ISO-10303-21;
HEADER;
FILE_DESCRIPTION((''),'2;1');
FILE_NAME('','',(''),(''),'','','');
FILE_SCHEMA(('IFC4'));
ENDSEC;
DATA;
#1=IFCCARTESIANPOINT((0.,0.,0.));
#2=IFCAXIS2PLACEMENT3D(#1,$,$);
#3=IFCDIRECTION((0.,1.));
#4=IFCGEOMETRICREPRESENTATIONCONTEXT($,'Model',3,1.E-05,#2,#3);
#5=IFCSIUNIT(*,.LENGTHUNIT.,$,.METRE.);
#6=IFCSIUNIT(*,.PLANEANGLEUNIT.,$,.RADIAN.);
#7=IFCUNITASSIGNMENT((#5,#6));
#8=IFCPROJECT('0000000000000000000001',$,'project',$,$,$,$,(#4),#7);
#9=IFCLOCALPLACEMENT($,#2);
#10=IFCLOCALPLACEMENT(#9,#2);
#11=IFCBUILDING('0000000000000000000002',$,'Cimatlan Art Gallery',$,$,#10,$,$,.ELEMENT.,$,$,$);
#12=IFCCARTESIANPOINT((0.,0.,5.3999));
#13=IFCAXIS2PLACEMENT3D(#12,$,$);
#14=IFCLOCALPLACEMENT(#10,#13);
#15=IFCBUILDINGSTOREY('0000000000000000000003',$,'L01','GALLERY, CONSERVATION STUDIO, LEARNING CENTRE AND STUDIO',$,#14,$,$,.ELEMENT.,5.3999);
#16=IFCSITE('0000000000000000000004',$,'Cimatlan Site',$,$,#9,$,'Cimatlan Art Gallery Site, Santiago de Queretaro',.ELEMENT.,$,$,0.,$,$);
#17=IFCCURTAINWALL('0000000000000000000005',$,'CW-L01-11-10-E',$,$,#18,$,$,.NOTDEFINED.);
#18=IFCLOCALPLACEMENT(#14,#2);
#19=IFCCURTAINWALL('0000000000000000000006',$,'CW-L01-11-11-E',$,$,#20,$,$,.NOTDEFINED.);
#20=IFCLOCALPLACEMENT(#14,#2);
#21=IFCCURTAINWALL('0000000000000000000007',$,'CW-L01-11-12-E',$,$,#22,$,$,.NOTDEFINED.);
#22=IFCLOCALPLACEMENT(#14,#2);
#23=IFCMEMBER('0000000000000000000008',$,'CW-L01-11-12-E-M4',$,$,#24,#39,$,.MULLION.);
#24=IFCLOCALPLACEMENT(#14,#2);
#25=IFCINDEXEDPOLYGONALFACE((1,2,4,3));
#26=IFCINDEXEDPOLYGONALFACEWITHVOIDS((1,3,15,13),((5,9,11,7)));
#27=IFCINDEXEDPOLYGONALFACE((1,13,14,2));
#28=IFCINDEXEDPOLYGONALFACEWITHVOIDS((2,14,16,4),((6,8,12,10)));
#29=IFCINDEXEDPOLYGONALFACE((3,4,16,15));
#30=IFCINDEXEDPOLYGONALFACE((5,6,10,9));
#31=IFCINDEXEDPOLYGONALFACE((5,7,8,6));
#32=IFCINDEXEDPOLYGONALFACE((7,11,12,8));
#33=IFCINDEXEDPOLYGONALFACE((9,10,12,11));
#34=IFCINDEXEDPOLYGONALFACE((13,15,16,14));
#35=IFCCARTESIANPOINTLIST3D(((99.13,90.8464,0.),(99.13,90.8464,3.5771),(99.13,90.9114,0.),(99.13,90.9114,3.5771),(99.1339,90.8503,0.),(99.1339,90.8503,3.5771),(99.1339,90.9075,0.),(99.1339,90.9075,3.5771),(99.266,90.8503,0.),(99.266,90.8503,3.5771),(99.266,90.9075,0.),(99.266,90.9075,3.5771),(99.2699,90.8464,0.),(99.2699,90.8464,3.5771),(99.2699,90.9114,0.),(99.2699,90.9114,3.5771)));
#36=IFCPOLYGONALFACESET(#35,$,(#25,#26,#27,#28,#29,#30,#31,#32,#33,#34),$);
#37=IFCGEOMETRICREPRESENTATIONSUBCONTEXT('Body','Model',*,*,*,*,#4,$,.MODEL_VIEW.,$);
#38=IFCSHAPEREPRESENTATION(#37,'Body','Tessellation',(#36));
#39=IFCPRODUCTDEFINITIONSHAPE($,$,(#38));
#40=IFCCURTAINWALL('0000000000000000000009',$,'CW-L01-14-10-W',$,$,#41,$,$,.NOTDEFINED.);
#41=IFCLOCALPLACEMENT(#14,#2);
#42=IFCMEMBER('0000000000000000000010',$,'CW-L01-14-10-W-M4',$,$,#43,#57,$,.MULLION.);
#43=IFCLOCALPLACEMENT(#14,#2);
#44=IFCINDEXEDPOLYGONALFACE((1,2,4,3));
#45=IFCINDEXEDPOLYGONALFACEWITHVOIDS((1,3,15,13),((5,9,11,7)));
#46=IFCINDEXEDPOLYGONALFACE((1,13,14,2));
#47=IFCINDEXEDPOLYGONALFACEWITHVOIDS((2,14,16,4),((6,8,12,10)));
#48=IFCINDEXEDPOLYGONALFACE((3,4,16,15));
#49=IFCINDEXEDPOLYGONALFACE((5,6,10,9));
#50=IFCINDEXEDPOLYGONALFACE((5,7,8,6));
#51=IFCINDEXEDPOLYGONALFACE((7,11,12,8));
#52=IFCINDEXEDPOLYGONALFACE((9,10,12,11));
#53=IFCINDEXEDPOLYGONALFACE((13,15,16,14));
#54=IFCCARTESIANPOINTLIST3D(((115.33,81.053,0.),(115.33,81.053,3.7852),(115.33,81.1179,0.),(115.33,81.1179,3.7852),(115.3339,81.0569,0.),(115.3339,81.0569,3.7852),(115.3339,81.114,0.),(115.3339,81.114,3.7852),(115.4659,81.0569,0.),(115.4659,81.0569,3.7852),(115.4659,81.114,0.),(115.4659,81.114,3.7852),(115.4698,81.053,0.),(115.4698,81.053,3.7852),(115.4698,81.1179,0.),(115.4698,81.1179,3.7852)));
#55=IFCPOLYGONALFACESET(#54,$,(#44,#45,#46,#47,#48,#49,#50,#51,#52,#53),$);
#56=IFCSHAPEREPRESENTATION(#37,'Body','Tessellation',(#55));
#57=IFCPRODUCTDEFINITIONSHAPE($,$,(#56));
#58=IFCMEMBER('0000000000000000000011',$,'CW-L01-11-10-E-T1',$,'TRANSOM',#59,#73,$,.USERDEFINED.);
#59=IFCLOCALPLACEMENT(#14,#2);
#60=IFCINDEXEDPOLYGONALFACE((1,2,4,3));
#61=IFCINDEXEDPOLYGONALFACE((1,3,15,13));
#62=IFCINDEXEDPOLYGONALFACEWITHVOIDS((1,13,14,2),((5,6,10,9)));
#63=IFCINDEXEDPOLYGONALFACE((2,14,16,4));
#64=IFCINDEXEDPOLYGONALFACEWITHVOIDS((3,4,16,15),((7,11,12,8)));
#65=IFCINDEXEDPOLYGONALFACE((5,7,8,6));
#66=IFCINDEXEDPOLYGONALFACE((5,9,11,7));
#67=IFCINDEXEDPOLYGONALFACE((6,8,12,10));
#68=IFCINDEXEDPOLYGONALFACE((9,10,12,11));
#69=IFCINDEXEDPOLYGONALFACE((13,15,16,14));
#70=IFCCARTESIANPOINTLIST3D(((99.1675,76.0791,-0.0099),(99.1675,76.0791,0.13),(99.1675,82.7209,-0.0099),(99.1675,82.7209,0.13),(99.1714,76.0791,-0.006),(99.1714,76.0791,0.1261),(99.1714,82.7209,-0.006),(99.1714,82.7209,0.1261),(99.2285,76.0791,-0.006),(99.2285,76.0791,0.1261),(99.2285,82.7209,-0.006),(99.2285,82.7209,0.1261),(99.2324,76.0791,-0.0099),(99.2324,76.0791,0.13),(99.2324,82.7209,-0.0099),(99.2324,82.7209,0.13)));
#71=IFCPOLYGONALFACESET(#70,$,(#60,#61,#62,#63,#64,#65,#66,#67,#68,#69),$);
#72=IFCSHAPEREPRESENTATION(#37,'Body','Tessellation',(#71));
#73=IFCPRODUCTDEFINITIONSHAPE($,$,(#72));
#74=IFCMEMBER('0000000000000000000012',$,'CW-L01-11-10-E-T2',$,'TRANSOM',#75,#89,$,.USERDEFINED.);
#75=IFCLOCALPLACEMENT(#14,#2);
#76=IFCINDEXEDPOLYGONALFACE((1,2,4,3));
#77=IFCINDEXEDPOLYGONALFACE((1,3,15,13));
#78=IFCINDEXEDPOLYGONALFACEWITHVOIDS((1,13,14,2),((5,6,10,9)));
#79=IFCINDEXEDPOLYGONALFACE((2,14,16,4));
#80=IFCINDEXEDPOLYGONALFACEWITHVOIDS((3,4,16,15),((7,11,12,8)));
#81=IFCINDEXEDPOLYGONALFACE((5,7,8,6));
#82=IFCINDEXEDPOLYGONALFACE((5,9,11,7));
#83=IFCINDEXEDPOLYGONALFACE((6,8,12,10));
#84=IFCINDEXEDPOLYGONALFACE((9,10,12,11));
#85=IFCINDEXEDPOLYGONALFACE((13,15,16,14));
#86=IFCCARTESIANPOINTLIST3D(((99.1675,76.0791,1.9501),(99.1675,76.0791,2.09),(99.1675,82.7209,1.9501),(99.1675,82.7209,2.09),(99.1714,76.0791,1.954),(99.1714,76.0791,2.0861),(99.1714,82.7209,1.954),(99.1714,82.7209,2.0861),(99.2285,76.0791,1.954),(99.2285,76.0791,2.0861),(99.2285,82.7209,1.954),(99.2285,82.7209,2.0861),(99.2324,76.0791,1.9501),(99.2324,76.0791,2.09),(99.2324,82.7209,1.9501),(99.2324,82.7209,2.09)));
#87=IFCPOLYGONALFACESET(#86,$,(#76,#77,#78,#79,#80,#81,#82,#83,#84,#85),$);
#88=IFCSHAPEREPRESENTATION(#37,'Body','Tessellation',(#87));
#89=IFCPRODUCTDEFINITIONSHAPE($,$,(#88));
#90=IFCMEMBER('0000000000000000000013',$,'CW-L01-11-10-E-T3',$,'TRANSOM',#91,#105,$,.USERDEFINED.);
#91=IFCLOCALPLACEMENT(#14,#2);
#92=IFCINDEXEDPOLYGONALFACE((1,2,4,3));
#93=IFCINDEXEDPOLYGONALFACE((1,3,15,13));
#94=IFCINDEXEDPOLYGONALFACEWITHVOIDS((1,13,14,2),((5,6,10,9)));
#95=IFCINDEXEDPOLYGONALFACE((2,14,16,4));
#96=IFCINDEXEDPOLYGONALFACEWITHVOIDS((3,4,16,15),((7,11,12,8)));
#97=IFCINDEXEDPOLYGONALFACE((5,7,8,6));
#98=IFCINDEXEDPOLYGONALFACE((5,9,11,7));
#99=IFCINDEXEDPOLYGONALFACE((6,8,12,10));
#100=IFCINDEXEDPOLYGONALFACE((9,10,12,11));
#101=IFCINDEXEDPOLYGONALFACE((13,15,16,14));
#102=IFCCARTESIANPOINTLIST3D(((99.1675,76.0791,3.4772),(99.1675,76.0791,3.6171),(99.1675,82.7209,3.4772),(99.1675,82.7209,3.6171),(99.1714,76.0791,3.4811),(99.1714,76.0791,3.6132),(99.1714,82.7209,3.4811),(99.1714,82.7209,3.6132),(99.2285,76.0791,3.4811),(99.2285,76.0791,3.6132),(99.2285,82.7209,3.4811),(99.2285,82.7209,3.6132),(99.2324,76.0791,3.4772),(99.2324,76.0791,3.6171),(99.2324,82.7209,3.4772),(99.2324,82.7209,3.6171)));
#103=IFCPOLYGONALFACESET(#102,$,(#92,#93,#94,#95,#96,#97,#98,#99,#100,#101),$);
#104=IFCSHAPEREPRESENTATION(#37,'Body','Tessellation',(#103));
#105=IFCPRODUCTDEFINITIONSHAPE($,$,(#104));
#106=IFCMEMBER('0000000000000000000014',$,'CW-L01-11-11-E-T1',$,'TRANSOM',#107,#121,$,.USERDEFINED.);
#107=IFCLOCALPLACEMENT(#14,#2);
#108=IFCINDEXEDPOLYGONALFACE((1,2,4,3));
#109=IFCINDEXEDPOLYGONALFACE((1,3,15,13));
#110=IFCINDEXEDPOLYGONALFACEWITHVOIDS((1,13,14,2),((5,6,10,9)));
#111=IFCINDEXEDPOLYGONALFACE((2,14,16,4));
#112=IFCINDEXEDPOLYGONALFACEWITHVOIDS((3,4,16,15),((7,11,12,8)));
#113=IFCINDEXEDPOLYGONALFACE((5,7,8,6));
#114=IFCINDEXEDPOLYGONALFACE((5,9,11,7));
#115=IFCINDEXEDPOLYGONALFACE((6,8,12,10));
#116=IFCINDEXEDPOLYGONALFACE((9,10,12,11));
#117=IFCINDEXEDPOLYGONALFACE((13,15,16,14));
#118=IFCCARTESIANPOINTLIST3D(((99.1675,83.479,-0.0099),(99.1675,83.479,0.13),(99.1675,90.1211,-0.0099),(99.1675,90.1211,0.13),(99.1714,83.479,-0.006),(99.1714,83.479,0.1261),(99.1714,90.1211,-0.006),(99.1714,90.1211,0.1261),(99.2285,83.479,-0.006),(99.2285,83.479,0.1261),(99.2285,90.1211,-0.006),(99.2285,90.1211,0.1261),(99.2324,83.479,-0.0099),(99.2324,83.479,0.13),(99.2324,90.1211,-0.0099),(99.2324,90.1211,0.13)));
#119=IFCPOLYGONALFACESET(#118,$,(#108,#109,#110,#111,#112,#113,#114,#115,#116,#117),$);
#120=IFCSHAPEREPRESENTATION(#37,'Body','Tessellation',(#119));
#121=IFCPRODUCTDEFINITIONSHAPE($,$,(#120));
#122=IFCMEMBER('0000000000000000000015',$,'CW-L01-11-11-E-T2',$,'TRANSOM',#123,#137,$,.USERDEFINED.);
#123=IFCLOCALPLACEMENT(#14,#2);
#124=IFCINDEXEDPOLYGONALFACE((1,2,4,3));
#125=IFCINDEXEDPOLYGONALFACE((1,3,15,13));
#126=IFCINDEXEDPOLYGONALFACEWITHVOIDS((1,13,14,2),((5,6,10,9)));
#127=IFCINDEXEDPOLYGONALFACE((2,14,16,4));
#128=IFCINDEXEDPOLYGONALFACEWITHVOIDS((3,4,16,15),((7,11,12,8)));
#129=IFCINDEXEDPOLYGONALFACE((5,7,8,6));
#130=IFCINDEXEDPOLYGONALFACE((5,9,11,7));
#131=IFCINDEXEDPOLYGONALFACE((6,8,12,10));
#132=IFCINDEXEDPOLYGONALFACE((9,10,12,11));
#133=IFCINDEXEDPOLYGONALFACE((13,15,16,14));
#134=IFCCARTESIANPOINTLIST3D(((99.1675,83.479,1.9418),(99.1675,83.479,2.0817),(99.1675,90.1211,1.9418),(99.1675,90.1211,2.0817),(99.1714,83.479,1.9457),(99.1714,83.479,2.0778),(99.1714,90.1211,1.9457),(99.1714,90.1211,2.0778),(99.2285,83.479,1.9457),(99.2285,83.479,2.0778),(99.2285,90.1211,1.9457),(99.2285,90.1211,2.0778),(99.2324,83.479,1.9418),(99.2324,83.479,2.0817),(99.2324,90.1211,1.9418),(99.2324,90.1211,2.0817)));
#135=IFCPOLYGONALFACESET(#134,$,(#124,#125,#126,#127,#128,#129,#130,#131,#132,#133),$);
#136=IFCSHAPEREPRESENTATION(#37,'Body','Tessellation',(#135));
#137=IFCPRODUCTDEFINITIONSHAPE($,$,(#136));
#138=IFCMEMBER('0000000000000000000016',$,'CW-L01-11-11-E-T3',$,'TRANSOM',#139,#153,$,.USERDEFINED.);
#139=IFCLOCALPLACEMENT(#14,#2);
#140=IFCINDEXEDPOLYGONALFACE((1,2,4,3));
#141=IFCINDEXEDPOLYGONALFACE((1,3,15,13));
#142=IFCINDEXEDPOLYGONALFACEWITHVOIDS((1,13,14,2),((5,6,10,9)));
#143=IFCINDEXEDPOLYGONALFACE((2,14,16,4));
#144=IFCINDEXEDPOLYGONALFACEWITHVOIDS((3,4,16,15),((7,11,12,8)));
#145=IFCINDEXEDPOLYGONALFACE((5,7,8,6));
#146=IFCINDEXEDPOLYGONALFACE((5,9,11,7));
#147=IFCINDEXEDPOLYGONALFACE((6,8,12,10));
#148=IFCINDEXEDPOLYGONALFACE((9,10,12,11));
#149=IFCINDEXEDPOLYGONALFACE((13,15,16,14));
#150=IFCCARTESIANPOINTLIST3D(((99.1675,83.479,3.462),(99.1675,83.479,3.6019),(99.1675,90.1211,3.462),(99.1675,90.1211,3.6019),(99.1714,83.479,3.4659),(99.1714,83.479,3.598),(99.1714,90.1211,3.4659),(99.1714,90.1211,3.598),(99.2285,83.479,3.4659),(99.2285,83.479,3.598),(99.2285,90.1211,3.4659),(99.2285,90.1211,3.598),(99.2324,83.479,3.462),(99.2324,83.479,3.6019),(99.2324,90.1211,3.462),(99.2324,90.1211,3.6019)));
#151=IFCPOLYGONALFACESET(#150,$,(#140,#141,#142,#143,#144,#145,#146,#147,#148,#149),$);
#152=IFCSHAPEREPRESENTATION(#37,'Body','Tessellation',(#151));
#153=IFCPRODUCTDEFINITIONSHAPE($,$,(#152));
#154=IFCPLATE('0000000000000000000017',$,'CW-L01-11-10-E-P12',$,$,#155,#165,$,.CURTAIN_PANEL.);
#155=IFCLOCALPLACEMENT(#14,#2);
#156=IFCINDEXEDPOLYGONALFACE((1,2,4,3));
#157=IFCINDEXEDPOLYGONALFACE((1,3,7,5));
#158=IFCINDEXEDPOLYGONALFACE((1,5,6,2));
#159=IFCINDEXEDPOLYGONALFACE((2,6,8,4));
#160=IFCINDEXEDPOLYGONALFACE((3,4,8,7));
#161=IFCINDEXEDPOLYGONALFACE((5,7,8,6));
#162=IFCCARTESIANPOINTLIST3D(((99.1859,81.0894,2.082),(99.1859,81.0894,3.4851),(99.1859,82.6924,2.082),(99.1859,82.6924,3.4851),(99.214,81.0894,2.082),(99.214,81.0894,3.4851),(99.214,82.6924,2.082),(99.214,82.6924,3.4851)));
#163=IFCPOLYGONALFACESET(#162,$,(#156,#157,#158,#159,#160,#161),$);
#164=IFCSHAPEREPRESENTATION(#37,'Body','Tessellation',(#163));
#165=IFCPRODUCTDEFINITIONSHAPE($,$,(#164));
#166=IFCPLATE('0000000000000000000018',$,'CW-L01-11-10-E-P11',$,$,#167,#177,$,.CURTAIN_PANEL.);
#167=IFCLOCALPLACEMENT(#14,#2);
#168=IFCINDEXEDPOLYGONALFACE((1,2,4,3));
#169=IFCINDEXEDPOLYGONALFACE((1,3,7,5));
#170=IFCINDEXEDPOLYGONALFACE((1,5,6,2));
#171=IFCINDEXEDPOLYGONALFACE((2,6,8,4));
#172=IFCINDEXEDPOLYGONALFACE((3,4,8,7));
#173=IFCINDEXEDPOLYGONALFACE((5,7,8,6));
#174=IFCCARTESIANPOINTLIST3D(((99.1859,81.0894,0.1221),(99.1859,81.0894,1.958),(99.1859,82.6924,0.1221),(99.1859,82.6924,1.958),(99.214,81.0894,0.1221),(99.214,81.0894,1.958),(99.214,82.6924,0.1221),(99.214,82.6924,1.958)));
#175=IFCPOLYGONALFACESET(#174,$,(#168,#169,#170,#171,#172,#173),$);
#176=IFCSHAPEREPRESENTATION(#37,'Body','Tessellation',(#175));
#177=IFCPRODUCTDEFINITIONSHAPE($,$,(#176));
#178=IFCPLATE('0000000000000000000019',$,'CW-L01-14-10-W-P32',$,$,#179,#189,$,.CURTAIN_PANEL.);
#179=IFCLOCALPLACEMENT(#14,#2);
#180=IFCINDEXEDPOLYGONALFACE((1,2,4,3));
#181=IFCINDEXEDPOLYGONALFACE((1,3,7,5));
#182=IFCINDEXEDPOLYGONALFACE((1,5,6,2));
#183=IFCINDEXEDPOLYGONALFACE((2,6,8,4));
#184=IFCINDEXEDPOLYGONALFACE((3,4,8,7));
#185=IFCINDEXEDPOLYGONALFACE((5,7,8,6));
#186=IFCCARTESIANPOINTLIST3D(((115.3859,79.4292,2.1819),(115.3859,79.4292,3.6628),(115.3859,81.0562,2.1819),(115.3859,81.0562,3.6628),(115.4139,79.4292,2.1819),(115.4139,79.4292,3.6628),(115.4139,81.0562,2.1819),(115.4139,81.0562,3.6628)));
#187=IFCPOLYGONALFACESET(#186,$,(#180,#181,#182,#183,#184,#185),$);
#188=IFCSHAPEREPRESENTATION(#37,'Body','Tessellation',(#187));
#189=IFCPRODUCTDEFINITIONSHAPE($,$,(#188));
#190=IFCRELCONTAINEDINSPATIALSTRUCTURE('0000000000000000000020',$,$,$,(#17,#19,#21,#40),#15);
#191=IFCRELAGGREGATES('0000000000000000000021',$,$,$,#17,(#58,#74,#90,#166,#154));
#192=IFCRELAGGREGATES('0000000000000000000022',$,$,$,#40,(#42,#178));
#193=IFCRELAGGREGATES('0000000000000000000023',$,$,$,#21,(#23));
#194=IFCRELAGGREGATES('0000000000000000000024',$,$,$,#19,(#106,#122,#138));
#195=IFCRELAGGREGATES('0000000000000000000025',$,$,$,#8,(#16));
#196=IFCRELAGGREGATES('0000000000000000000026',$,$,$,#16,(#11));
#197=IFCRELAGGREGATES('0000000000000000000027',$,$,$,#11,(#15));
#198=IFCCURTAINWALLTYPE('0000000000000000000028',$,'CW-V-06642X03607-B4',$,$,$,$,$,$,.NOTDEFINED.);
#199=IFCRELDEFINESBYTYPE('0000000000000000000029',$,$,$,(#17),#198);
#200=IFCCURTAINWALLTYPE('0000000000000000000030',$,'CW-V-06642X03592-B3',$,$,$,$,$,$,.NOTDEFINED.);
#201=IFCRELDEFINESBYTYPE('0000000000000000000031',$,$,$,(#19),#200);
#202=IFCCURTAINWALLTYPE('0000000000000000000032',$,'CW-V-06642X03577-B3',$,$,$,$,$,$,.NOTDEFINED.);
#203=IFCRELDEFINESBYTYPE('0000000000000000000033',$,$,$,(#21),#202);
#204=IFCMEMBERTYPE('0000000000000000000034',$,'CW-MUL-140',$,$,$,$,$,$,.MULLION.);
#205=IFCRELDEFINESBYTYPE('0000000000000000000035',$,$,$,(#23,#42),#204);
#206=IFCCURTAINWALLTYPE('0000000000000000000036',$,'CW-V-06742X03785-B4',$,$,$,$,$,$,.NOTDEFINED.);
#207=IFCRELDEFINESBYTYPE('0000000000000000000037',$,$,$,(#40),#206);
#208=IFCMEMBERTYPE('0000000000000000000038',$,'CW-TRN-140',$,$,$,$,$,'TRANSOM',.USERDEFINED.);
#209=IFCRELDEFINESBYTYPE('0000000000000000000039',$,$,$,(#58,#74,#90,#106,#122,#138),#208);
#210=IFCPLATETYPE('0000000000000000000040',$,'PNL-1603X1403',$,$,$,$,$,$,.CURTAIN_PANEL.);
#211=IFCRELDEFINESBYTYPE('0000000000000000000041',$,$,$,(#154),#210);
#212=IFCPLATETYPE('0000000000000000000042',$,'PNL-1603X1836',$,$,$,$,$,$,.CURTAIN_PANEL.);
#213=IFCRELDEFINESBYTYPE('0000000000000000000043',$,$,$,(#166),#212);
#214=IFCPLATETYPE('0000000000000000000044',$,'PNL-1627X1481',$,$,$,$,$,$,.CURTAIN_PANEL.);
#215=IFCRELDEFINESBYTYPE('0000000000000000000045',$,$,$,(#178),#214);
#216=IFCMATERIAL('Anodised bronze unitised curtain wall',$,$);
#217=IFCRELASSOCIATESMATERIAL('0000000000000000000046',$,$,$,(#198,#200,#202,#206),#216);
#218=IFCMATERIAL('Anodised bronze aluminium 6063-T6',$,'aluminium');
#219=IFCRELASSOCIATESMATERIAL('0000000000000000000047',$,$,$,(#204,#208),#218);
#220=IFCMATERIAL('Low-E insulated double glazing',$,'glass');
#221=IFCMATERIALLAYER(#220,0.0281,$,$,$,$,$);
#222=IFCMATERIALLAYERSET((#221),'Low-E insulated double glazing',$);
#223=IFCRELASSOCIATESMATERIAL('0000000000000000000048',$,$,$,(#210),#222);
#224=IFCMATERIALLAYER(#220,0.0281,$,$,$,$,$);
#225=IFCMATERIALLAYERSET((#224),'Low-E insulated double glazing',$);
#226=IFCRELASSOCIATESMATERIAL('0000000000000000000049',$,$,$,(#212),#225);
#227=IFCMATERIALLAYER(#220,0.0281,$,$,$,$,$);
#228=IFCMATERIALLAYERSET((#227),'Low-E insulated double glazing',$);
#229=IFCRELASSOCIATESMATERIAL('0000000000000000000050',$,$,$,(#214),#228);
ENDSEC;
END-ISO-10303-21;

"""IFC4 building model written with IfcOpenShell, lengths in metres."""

from ifc_helpers import new_model, si_unit, direction, frame, origin, origin_2d, place, context, subcontext, project, spatial, rectangle, hollow_rectangle, extrude, material, layer, layer_set, material_profile, profile_set, type_object, element, aggregate, save


model = new_model("IFC4")

# Units and contexts
model_context = context("Model", 3, precision=1e-05, world=origin(), true_north=direction((0.0, 1.0)))
body_context = subcontext(model_context, "Body", "Model", "MODEL_VIEW")
ifc_project = project(units=[si_unit("LENGTHUNIT", "METRE"), si_unit("PLANEANGLEUNIT", "RADIAN")], contexts=[model_context])

# Site, building, storey
site_placement = place(None, origin())
site = spatial("IfcSite", under=ifc_project, at=site_placement, Name="Cimatlan Site", LongName="Cimatlan Art Gallery Site, Santiago de Queretaro", CompositionType="ELEMENT", RefElevation=0.0)
building_placement = place(site_placement, origin())
building = spatial("IfcBuilding", under=site, at=building_placement, Name="Cimatlan Art Gallery", CompositionType="ELEMENT")
storey_placement = place(building_placement, frame((0.0, 0.0, 5.3999)))
storey = spatial("IfcBuildingStorey", under=building, at=storey_placement, Name="L01", Description="GALLERY, CONSERVATION STUDIO, LEARNING CENTRE AND STUDIO", CompositionType="ELEMENT", Elevation=5.3999)

# Curtain walls, member
ifc_material_1 = material(Name="Anodised bronze unitised curtain wall")
curtain_wall_type_1 = type_object("IfcCurtainWallType", Name="CW-V-06642X03607-B4", PredefinedType="NOTDEFINED", material=ifc_material_1)
curtain_wall_1_placement = place(storey_placement, origin())
curtain_wall_1 = element("IfcCurtainWall", 1, at=curtain_wall_1_placement, inside=storey, type_object=curtain_wall_type_1, Name="CW-L01-11-10-E", PredefinedType="NOTDEFINED")
ifc_material_2 = material(Name="Anodised bronze aluminium 6063-T6", Category="aluminium")
ifc_material_profile_1 = material_profile(ifc_material_2, hollow_rectangle(XDim=0.0649, YDim=0.1399, WallThickness=0.0039, at=origin_2d()), Name="ALU65X140X4")
ifc_profile_set_1 = profile_set([ifc_material_profile_1], Name="Anodised bronze aluminium 6063-T6")
member_type_1 = type_object("IfcMemberType", Name="CW-MUL-140", PredefinedType="MULLION", material=ifc_profile_set_1)
curtain_wall_type_2 = type_object("IfcCurtainWallType", Name="CW-V-06642X03592-B3", PredefinedType="NOTDEFINED", material=ifc_material_1)
curtain_wall_2_placement = place(storey_placement, origin())
curtain_wall_2 = element("IfcCurtainWall", 2, at=curtain_wall_2_placement, inside=storey, type_object=curtain_wall_type_2, Name="CW-L01-11-11-E", PredefinedType="NOTDEFINED")
curtain_wall_type_3 = type_object("IfcCurtainWallType", Name="CW-V-06642X03577-B3", PredefinedType="NOTDEFINED", material=ifc_material_1)
curtain_wall_3_placement = place(storey_placement, origin())
curtain_wall_3 = element("IfcCurtainWall", 3, at=curtain_wall_3_placement, inside=storey, type_object=curtain_wall_type_3, Name="CW-L01-11-12-E", PredefinedType="NOTDEFINED")
member_1_placement = place(storey_placement, frame((99.2, 90.8789, 0.0), z_axis=(0.0, 0.0, 1.0), x_axis=(0.0, 1.0, 0.0)))
member_1 = element("IfcMember", 4, at=member_1_placement, type_object=member_type_1, Name="CW-L01-11-12-E-M4", PredefinedType="MULLION", context=body_context, shape_type="SweptSolid", body=[
    extrude(hollow_rectangle(XDim=0.0649, YDim=0.1399, WallThickness=0.0039, at=origin_2d()), origin(), (0.0, 0.0, 1.0), 3.5771),
])

# Curtain wall, member
curtain_wall_type_4 = type_object("IfcCurtainWallType", Name="CW-V-06742X03785-B4", PredefinedType="NOTDEFINED", material=ifc_material_1)
curtain_wall_4_placement = place(storey_placement, origin())
curtain_wall_4 = element("IfcCurtainWall", 5, at=curtain_wall_4_placement, inside=storey, type_object=curtain_wall_type_4, Name="CW-L01-14-10-W", PredefinedType="NOTDEFINED")
member_2_placement = place(storey_placement, frame((115.3999, 81.0854, 0.0), z_axis=(0.0, 0.0, 1.0), x_axis=(0.0, 1.0, 0.0)))
member_2 = element("IfcMember", 6, at=member_2_placement, type_object=member_type_1, Name="CW-L01-14-10-W-M4", PredefinedType="MULLION", context=body_context, shape_type="SweptSolid", body=[
    extrude(hollow_rectangle(XDim=0.0649, YDim=0.1399, WallThickness=0.0039, at=origin_2d()), origin(), (0.0, 0.0, 1.0), 3.7852),
])

# Members
ifc_material_profile_2 = material_profile(ifc_material_2, hollow_rectangle(XDim=0.0649, YDim=0.1399, WallThickness=0.0039, at=origin_2d()), Name="ALU65X140X4")
ifc_profile_set_2 = profile_set([ifc_material_profile_2], Name="Anodised bronze aluminium 6063-T6")
member_type_2 = type_object("IfcMemberType", Name="CW-TRN-140", ElementType="TRANSOM", PredefinedType="USERDEFINED", material=ifc_profile_set_2)
member_3_placement = place(storey_placement, frame((99.2, 82.7209, 0.0601), z_axis=(0.0, -1.0, 0.0), x_axis=(1.0, 0.0, 0.0)))
member_3 = element("IfcMember", 7, at=member_3_placement, type_object=member_type_2, Name="CW-L01-11-10-E-T1", ObjectType="TRANSOM", PredefinedType="USERDEFINED", context=body_context, shape_type="SweptSolid", body=[
    extrude(hollow_rectangle(XDim=0.0649, YDim=0.1399, WallThickness=0.0039, at=origin_2d()), origin(), (0.0, 0.0, 1.0), 6.6418),
])
member_4_placement = place(storey_placement, frame((99.2, 82.7209, 2.02), z_axis=(0.0, -1.0, 0.0), x_axis=(1.0, 0.0, 0.0)))
member_4 = element("IfcMember", 8, at=member_4_placement, type_object=member_type_2, Name="CW-L01-11-10-E-T2", ObjectType="TRANSOM", PredefinedType="USERDEFINED", context=body_context, shape_type="SweptSolid", body=[
    extrude(hollow_rectangle(XDim=0.0649, YDim=0.1399, WallThickness=0.0039, at=origin_2d()), origin(), (0.0, 0.0, 1.0), 6.6418),
])
member_5_placement = place(storey_placement, frame((99.2, 82.7209, 3.5471), z_axis=(0.0, -1.0, 0.0), x_axis=(1.0, 0.0, 0.0)))
member_5 = element("IfcMember", 9, at=member_5_placement, type_object=member_type_2, Name="CW-L01-11-10-E-T3", ObjectType="TRANSOM", PredefinedType="USERDEFINED", context=body_context, shape_type="SweptSolid", body=[
    extrude(hollow_rectangle(XDim=0.0649, YDim=0.1399, WallThickness=0.0039, at=origin_2d()), origin(), (0.0, 0.0, 1.0), 6.6418),
])
member_6_placement = place(storey_placement, frame((99.2, 90.1211, 0.0601), z_axis=(0.0, -1.0, 0.0), x_axis=(1.0, 0.0, 0.0)))
member_6 = element("IfcMember", 10, at=member_6_placement, type_object=member_type_2, Name="CW-L01-11-11-E-T1", ObjectType="TRANSOM", PredefinedType="USERDEFINED", context=body_context, shape_type="SweptSolid", body=[
    extrude(hollow_rectangle(XDim=0.0649, YDim=0.1399, WallThickness=0.0039, at=origin_2d()), origin(), (0.0, 0.0, 1.0), 6.6421),
])
member_7_placement = place(storey_placement, frame((99.2, 90.1211, 2.0117), z_axis=(0.0, -1.0, 0.0), x_axis=(1.0, 0.0, 0.0)))
member_7 = element("IfcMember", 11, at=member_7_placement, type_object=member_type_2, Name="CW-L01-11-11-E-T2", ObjectType="TRANSOM", PredefinedType="USERDEFINED", context=body_context, shape_type="SweptSolid", body=[
    extrude(hollow_rectangle(XDim=0.0649, YDim=0.1399, WallThickness=0.0039, at=origin_2d()), origin(), (0.0, 0.0, 1.0), 6.6421),
])
member_8_placement = place(storey_placement, frame((99.2, 90.1211, 3.532), z_axis=(0.0, -1.0, 0.0), x_axis=(1.0, 0.0, 0.0)))
member_8 = element("IfcMember", 12, at=member_8_placement, type_object=member_type_2, Name="CW-L01-11-11-E-T3", ObjectType="TRANSOM", PredefinedType="USERDEFINED", context=body_context, shape_type="SweptSolid", body=[
    extrude(hollow_rectangle(XDim=0.0649, YDim=0.1399, WallThickness=0.0039, at=origin_2d()), origin(), (0.0, 0.0, 1.0), 6.6421),
])

# Plates
ifc_material_3 = material(Name="Low-E insulated double glazing", Category="glass")
ifc_layer_1 = layer(ifc_material_3, 0.0281)
ifc_layer_set_1 = layer_set([ifc_layer_1], Name="Low-E insulated double glazing")
plate_type_1 = type_object("IfcPlateType", Name="PNL-1603X1403", PredefinedType="CURTAIN_PANEL", material=ifc_layer_set_1)
plate_1_placement = place(storey_placement, frame((99.2, 81.8909, 2.082), z_axis=(0.0, 0.0, 1.0), x_axis=(0.0, -1.0, 0.0)))
plate_1 = element("IfcPlate", 13, at=plate_1_placement, type_object=plate_type_1, Name="CW-L01-11-10-E-P12", PredefinedType="CURTAIN_PANEL", context=body_context, shape_type="SweptSolid", body=[
    extrude(rectangle(XDim=1.603, YDim=0.0281, at=origin_2d()), origin(), (0.0, 0.0, 1.0), 1.4031),
])
ifc_layer_2 = layer(ifc_material_3, 0.0281)
ifc_layer_set_2 = layer_set([ifc_layer_2], Name="Low-E insulated double glazing")
plate_type_2 = type_object("IfcPlateType", Name="PNL-1603X1836", PredefinedType="CURTAIN_PANEL", material=ifc_layer_set_2)
plate_2_placement = place(storey_placement, frame((99.2, 81.8909, 0.1221), z_axis=(0.0, 0.0, 1.0), x_axis=(0.0, -1.0, 0.0)))
plate_2 = element("IfcPlate", 14, at=plate_2_placement, type_object=plate_type_2, Name="CW-L01-11-10-E-P11", PredefinedType="CURTAIN_PANEL", context=body_context, shape_type="SweptSolid", body=[
    extrude(rectangle(XDim=1.603, YDim=0.0281, at=origin_2d()), origin(), (0.0, 0.0, 1.0), 1.8359),
])
aggregate(curtain_wall_1, [member_3, member_4, member_5, plate_2, plate_1])
ifc_layer_3 = layer(ifc_material_3, 0.0281)
ifc_layer_set_3 = layer_set([ifc_layer_3], Name="Low-E insulated double glazing")
plate_type_3 = type_object("IfcPlateType", Name="PNL-1627X1481", PredefinedType="CURTAIN_PANEL", material=ifc_layer_set_3)
plate_3_placement = place(storey_placement, frame((115.3999, 80.2427, 2.1819), z_axis=(0.0, 0.0, 1.0), x_axis=(0.0, 1.0, 0.0)))
plate_3 = element("IfcPlate", 15, at=plate_3_placement, type_object=plate_type_3, Name="CW-L01-14-10-W-P32", PredefinedType="CURTAIN_PANEL", context=body_context, shape_type="SweptSolid", body=[
    extrude(rectangle(XDim=1.627, YDim=0.0281, at=origin_2d()), origin(), (0.0, 0.0, 1.0), 1.481),
])
aggregate(curtain_wall_4, [member_2, plate_3])
aggregate(curtain_wall_3, [member_1])
aggregate(curtain_wall_2, [member_6, member_7, member_8])

save(model, "model.ifc")
